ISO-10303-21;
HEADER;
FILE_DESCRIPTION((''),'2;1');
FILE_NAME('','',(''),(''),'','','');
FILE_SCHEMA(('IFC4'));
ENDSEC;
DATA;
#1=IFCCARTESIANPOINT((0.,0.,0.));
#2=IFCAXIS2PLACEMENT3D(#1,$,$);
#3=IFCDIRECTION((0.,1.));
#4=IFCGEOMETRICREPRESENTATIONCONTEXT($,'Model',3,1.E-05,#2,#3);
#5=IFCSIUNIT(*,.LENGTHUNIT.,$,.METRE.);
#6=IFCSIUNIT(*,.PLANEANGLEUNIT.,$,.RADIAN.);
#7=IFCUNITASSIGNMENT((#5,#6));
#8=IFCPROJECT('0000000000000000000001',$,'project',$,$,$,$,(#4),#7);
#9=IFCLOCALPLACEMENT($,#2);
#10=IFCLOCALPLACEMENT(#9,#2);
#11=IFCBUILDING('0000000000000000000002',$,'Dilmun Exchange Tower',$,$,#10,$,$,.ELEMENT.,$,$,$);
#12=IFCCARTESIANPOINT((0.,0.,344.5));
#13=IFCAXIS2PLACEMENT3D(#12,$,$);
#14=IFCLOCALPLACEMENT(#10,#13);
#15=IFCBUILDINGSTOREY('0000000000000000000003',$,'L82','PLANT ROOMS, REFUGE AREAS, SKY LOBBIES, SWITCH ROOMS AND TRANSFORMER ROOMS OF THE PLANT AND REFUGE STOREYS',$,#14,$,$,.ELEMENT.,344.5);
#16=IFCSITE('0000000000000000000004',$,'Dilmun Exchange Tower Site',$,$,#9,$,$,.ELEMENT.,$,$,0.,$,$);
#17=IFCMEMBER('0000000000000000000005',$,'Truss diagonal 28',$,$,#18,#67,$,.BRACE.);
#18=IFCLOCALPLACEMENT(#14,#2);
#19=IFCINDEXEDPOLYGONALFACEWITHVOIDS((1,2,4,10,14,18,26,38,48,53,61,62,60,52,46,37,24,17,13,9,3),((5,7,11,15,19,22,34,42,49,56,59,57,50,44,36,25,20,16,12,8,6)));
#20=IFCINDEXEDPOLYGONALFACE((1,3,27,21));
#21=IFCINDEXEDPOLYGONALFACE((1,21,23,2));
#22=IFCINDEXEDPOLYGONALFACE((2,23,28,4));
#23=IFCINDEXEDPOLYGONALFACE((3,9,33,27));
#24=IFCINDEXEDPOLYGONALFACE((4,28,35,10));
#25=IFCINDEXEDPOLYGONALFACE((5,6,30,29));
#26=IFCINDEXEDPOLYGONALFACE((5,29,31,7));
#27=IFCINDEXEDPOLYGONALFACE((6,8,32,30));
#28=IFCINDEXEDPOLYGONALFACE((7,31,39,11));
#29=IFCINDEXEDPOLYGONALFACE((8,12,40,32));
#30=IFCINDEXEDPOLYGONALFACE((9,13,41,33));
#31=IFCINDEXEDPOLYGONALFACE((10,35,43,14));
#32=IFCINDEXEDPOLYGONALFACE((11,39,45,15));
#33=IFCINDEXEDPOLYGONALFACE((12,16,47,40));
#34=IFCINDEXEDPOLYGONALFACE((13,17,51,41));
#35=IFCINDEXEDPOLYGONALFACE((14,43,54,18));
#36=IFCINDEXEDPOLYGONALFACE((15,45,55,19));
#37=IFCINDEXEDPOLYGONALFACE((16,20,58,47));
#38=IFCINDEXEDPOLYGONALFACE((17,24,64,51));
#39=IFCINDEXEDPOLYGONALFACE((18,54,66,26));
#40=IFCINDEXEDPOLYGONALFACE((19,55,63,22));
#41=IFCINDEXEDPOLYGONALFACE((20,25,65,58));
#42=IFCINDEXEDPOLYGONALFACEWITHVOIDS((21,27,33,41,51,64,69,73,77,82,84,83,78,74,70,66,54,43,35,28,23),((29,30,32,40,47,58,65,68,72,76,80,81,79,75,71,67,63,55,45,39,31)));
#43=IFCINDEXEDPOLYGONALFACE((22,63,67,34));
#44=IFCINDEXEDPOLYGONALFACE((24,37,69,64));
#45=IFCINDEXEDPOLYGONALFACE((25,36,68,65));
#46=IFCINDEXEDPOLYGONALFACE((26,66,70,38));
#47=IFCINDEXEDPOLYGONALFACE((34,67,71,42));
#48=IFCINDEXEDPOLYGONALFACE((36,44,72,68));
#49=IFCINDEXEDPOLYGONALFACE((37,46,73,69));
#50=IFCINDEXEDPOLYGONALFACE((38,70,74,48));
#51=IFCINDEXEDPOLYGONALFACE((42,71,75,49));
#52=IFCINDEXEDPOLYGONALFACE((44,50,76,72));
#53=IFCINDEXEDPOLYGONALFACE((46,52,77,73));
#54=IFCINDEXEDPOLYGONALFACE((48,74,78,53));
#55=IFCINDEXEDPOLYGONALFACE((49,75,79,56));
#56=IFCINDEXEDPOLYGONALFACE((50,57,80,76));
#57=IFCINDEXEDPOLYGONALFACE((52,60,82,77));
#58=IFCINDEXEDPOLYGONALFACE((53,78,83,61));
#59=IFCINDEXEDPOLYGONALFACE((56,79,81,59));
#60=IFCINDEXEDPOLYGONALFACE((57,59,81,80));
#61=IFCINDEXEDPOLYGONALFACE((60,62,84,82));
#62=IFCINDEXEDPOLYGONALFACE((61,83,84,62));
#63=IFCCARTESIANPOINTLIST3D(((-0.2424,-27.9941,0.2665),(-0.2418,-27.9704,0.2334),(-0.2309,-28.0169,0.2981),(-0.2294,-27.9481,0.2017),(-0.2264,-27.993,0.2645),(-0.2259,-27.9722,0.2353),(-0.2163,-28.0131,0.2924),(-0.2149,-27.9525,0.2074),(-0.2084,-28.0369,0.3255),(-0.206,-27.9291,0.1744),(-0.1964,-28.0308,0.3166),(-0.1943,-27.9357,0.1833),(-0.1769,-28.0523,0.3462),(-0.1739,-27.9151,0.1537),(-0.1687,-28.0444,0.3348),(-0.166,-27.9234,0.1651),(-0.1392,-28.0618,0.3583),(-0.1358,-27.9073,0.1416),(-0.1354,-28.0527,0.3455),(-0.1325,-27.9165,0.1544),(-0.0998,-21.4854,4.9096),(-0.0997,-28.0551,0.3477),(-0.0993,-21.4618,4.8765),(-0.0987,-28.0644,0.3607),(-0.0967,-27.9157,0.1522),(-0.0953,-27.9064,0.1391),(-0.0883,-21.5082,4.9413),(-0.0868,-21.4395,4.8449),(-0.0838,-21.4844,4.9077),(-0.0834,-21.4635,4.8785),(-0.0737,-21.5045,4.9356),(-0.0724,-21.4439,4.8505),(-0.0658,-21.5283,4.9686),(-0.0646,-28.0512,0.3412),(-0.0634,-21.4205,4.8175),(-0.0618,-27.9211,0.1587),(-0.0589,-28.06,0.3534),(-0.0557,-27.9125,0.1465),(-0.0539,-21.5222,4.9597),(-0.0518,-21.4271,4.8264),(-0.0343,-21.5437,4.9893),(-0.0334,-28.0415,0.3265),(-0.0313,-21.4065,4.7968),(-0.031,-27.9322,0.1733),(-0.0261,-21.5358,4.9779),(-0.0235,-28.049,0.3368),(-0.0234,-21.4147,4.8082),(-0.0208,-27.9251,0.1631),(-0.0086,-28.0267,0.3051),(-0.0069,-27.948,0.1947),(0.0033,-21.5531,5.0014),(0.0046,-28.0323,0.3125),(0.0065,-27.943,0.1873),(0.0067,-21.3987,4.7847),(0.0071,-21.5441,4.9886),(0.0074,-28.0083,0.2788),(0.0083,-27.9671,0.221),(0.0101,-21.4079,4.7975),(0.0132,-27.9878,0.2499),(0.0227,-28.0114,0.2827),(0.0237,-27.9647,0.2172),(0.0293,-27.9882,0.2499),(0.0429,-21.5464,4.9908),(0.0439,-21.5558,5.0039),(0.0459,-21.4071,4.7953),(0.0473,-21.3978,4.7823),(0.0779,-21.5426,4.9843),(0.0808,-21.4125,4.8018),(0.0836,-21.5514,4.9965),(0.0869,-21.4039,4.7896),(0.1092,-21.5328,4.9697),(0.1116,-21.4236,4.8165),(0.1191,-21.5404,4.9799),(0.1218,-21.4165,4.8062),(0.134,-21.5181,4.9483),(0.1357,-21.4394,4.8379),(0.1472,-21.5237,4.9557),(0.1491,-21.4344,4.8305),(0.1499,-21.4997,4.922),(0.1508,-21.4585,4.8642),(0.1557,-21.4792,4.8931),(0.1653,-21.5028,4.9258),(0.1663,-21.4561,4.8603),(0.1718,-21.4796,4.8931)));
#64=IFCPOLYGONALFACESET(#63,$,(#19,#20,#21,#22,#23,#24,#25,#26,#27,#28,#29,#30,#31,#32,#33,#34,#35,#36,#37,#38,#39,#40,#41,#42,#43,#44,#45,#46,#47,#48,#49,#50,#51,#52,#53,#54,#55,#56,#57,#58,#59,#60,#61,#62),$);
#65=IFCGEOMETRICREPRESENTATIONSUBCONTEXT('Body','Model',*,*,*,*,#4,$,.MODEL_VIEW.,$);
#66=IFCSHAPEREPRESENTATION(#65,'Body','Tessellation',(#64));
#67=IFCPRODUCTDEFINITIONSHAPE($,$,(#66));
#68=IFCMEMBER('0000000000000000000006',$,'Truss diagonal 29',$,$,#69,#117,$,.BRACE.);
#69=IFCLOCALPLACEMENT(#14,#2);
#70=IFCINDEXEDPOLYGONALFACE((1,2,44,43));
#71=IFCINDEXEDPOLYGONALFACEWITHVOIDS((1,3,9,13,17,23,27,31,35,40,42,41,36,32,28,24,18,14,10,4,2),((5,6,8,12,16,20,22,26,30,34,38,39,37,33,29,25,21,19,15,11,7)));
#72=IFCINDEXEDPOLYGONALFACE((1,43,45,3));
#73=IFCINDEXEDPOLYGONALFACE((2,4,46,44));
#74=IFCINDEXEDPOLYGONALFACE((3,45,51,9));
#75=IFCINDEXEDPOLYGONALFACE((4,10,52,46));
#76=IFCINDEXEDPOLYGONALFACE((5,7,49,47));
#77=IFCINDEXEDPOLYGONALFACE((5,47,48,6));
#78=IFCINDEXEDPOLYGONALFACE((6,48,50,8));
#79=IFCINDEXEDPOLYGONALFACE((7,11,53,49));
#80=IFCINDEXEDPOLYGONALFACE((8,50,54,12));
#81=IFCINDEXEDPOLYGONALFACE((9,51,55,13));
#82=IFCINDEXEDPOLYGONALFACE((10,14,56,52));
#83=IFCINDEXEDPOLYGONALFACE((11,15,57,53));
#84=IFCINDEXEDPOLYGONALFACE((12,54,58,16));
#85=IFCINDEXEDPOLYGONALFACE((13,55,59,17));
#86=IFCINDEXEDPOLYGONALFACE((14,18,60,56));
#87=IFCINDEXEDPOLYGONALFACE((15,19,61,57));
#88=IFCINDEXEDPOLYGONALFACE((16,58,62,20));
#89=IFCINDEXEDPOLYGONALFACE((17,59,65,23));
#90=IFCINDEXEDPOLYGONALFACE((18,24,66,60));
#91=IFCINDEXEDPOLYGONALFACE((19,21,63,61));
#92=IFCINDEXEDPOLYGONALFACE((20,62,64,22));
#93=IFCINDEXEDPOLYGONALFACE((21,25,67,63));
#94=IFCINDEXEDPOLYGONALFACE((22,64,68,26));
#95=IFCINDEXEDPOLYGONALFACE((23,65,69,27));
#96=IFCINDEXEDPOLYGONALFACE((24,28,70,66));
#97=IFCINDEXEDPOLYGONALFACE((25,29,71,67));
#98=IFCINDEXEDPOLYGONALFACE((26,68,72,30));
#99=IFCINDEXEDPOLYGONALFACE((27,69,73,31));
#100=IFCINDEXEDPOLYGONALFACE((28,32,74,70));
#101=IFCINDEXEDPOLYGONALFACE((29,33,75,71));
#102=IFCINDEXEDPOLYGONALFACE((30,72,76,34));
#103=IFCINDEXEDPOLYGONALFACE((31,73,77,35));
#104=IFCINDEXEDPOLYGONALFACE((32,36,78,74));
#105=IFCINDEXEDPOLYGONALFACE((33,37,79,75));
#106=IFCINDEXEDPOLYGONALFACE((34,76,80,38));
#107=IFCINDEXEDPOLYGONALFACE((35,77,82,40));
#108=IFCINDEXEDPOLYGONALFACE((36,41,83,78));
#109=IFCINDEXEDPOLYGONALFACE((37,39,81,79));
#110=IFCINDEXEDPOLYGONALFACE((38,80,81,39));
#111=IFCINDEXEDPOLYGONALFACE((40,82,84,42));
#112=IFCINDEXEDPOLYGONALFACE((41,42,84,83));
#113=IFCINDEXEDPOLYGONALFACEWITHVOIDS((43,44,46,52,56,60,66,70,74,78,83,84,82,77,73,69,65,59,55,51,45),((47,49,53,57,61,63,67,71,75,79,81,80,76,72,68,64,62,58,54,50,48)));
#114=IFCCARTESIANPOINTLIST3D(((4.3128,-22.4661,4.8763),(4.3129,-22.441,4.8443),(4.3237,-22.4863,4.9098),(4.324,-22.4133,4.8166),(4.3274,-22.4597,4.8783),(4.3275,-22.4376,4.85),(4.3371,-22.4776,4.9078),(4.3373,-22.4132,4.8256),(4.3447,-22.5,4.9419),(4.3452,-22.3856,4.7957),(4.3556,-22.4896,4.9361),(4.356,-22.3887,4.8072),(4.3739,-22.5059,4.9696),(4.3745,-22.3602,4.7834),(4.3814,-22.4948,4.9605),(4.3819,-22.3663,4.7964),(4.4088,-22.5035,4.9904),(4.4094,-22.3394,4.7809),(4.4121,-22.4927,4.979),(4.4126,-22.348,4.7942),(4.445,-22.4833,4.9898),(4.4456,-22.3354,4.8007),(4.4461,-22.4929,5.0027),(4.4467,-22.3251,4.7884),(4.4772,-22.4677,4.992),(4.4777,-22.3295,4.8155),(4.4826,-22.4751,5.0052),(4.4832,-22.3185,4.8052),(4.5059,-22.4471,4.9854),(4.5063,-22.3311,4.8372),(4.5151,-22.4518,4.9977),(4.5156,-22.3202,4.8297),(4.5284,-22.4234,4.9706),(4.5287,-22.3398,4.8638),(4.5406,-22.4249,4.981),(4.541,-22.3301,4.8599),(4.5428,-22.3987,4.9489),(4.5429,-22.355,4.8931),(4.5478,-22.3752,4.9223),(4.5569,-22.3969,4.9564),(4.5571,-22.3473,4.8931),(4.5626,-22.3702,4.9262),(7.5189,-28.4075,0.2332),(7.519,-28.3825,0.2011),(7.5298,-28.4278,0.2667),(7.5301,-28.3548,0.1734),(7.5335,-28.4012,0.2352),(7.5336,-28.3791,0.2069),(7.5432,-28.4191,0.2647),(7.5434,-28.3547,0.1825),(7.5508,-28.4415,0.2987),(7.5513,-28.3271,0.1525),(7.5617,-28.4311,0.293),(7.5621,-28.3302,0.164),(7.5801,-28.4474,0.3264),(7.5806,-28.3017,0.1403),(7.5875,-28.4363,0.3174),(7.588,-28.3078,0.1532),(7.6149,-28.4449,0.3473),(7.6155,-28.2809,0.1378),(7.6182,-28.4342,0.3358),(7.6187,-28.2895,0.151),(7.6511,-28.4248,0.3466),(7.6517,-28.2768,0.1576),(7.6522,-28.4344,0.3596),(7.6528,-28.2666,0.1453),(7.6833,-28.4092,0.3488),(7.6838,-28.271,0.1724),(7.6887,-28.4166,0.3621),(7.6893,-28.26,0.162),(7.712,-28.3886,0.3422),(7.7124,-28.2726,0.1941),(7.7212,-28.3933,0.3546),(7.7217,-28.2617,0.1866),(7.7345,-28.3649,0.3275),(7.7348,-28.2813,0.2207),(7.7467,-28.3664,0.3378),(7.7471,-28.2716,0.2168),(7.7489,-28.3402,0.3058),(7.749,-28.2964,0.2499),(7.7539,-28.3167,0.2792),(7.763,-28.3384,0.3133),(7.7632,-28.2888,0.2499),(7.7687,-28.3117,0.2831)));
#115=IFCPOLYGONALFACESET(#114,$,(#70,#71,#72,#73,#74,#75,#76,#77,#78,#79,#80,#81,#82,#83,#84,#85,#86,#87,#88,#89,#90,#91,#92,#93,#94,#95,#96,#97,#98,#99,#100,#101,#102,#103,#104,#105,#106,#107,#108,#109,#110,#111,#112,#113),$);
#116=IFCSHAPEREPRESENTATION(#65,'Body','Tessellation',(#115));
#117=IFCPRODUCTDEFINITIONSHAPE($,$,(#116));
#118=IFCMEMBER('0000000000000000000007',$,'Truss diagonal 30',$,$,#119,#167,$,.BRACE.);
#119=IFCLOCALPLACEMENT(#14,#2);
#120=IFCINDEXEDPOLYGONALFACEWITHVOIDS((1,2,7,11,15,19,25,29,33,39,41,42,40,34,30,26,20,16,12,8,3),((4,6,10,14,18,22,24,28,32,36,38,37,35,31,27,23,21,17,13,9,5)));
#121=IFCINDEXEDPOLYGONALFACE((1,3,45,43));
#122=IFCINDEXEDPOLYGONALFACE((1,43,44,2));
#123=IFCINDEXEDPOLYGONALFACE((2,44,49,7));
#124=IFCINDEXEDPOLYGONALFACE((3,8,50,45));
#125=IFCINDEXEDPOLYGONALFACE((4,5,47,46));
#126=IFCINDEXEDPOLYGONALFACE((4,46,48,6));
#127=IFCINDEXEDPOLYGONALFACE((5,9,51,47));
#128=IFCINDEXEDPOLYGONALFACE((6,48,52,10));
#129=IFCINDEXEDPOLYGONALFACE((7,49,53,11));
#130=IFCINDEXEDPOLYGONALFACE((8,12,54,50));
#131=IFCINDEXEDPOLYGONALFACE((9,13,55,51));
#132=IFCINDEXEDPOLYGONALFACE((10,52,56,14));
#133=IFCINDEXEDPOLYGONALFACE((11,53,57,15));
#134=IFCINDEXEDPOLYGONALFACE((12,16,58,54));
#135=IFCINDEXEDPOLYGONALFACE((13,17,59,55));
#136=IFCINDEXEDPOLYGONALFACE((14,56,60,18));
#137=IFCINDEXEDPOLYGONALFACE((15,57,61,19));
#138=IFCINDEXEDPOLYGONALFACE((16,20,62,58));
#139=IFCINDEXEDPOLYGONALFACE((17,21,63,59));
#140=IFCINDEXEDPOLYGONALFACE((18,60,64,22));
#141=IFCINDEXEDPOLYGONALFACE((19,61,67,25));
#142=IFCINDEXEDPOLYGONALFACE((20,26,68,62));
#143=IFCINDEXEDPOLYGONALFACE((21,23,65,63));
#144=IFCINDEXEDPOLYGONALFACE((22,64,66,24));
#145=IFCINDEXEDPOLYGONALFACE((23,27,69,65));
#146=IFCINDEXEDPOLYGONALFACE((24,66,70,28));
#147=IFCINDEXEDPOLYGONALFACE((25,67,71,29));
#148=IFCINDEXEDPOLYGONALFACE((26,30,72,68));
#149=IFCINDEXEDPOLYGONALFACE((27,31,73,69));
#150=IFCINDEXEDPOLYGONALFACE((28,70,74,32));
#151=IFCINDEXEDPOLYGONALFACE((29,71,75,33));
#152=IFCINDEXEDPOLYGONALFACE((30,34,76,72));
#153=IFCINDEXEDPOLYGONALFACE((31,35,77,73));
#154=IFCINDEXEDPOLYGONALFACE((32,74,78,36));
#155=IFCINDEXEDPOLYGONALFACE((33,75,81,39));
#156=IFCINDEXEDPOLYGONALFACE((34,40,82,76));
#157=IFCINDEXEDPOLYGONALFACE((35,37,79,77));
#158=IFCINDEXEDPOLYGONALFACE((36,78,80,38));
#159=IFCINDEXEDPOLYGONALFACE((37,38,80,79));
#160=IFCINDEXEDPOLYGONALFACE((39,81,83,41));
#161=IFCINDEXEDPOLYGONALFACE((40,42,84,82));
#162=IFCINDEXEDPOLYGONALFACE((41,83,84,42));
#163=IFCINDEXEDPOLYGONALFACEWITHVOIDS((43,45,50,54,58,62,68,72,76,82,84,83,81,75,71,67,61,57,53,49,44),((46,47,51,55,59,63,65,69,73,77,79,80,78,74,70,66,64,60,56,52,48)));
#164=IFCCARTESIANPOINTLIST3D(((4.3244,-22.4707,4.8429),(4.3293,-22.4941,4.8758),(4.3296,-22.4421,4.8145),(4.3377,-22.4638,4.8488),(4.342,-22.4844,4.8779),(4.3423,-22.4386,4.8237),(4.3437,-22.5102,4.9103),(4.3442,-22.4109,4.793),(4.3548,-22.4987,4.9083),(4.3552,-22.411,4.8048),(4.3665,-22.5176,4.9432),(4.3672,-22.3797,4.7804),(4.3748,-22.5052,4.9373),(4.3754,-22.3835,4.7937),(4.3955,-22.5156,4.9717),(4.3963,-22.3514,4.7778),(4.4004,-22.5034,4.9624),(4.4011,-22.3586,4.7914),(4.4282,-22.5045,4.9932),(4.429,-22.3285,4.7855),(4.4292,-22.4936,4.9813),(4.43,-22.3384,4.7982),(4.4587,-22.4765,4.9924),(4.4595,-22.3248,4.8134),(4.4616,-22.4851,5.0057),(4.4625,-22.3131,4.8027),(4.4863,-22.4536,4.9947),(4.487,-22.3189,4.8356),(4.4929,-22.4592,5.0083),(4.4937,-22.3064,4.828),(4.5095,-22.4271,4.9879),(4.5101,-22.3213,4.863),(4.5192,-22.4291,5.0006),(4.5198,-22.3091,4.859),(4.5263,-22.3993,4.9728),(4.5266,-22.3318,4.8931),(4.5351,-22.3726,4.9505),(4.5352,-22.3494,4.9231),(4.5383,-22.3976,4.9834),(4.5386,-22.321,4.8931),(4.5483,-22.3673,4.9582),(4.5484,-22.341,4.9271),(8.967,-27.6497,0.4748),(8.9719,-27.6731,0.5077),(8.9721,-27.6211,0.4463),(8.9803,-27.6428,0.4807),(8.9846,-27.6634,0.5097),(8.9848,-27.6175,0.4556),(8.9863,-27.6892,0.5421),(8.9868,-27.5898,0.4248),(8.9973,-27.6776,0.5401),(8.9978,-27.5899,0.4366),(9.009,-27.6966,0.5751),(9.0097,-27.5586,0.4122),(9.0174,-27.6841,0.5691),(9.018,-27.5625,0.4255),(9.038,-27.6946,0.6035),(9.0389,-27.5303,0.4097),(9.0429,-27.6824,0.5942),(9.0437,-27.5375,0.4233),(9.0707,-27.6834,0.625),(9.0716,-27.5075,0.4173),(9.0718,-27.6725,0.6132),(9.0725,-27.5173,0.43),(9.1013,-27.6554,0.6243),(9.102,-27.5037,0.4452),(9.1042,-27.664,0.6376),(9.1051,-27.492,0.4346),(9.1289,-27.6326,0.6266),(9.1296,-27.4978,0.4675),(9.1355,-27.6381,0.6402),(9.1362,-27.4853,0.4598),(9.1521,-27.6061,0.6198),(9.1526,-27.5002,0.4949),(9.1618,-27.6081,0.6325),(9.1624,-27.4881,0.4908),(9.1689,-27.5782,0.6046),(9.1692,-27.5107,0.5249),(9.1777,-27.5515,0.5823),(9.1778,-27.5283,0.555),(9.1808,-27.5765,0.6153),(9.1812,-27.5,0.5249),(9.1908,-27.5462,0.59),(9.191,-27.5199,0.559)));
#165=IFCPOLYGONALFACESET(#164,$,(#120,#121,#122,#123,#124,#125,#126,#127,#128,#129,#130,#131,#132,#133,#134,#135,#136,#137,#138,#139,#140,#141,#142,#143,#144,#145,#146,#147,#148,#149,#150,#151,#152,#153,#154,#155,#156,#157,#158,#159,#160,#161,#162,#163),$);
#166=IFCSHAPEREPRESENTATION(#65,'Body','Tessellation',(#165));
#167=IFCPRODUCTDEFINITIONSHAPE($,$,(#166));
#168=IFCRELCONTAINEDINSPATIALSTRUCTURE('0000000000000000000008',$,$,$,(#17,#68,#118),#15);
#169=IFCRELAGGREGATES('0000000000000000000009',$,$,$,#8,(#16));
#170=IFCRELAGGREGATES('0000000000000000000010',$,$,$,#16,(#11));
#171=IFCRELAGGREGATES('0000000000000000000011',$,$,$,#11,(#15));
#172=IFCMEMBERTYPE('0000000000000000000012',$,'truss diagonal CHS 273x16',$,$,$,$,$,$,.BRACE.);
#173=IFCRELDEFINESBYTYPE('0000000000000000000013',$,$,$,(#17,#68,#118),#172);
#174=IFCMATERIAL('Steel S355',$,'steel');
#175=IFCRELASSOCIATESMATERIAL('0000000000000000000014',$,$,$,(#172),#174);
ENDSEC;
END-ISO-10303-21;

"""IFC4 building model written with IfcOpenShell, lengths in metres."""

from ifc_helpers import new_model, si_unit, direction, frame, origin, origin_2d, place, context, subcontext, project, spatial, hollow_circle, extrude, material, material_profile, profile_set, type_object, element, save


model = new_model("IFC4")

# Units and contexts
model_context = context("Model", 3, precision=1e-05, world=origin(), true_north=direction((0.0, 1.0)))
body_context = subcontext(model_context, "Body", "Model", "MODEL_VIEW")
ifc_project = project(units=[si_unit("LENGTHUNIT", "METRE"), si_unit("PLANEANGLEUNIT", "RADIAN")], contexts=[model_context])

# Site, building, storey
site_placement = place(None, origin())
site = spatial("IfcSite", under=ifc_project, at=site_placement, Name="Dilmun Exchange Tower Site", CompositionType="ELEMENT", RefElevation=0.0)
building_placement = place(site_placement, origin())
building = spatial("IfcBuilding", under=site, at=building_placement, Name="Dilmun Exchange Tower", CompositionType="ELEMENT")
storey_placement = place(building_placement, frame((0.0, 0.0, 344.5)))
storey = spatial("IfcBuildingStorey", under=building, at=storey_placement, Name="L82", Description="PLANT ROOMS, REFUGE AREAS, SKY LOBBIES, SWITCH ROOMS AND TRANSFORMER ROOMS OF THE PLANT AND REFUGE STOREYS", CompositionType="ELEMENT", Elevation=344.5)

# Shared definitions
ifc_material_1 = material(Name="Steel S355", Category="steel")

# Members
ifc_material_profile_1 = material_profile(ifc_material_1, hollow_circle(Radius=0.1365, WallThickness=0.0161, at=origin_2d()), Name="CHS 273x16")
ifc_profile_set_1 = profile_set([ifc_material_profile_1], Name="Steel S355")
member_type = type_object("IfcMemberType", Name="truss diagonal CHS 273x16", PredefinedType="BRACE", material=ifc_profile_set_1)
member_1_placement = place(storey_placement, frame((0.0354, -21.4766, 4.8931), z_axis=(-0.017831, -0.813953, -0.580658), x_axis=(0.99976, -0.021901, 0.0)))
element("IfcMember", 1, at=member_1_placement, inside=storey, type_object=member_type, Name="Truss diagonal 28", PredefinedType="BRACE", context=body_context, shape_type="SweptSolid", body=[
    extrude(hollow_circle(Radius=0.1365, WallThickness=0.0161, at=origin_2d()), origin(), (0.0, 0.0, 1.0), 7.9963),
])
member_2_placement = place(storey_placement, frame((4.437, -22.4121, 4.8931), z_axis=(0.391282, -0.725116, -0.566661), x_axis=(0.880048, 0.474885, 0.0)))
element("IfcMember", 2, at=member_2_placement, inside=storey, type_object=member_type, Name="Truss diagonal 29", PredefinedType="BRACE", context=body_context, shape_type="SweptSolid", body=[
    extrude(hollow_circle(Radius=0.1365, WallThickness=0.0161, at=origin_2d()), origin(), (0.0, 0.0, 1.0), 8.1938),
])
member_3_placement = place(storey_placement, frame((4.437, -22.4121, 4.8931), z_axis=(0.565261, -0.630568, -0.53185), x_axis=(0.744614, 0.667495, 0.0)))
element("IfcMember", 3, at=member_3_placement, inside=storey, type_object=member_type, Name="Truss diagonal 30", PredefinedType="BRACE", context=body_context, shape_type="SweptSolid", body=[
    extrude(hollow_circle(Radius=0.1365, WallThickness=0.0161, at=origin_2d()), origin(), (0.0, 0.0, 1.0), 8.2131),
])

save(model, "model.ifc")
